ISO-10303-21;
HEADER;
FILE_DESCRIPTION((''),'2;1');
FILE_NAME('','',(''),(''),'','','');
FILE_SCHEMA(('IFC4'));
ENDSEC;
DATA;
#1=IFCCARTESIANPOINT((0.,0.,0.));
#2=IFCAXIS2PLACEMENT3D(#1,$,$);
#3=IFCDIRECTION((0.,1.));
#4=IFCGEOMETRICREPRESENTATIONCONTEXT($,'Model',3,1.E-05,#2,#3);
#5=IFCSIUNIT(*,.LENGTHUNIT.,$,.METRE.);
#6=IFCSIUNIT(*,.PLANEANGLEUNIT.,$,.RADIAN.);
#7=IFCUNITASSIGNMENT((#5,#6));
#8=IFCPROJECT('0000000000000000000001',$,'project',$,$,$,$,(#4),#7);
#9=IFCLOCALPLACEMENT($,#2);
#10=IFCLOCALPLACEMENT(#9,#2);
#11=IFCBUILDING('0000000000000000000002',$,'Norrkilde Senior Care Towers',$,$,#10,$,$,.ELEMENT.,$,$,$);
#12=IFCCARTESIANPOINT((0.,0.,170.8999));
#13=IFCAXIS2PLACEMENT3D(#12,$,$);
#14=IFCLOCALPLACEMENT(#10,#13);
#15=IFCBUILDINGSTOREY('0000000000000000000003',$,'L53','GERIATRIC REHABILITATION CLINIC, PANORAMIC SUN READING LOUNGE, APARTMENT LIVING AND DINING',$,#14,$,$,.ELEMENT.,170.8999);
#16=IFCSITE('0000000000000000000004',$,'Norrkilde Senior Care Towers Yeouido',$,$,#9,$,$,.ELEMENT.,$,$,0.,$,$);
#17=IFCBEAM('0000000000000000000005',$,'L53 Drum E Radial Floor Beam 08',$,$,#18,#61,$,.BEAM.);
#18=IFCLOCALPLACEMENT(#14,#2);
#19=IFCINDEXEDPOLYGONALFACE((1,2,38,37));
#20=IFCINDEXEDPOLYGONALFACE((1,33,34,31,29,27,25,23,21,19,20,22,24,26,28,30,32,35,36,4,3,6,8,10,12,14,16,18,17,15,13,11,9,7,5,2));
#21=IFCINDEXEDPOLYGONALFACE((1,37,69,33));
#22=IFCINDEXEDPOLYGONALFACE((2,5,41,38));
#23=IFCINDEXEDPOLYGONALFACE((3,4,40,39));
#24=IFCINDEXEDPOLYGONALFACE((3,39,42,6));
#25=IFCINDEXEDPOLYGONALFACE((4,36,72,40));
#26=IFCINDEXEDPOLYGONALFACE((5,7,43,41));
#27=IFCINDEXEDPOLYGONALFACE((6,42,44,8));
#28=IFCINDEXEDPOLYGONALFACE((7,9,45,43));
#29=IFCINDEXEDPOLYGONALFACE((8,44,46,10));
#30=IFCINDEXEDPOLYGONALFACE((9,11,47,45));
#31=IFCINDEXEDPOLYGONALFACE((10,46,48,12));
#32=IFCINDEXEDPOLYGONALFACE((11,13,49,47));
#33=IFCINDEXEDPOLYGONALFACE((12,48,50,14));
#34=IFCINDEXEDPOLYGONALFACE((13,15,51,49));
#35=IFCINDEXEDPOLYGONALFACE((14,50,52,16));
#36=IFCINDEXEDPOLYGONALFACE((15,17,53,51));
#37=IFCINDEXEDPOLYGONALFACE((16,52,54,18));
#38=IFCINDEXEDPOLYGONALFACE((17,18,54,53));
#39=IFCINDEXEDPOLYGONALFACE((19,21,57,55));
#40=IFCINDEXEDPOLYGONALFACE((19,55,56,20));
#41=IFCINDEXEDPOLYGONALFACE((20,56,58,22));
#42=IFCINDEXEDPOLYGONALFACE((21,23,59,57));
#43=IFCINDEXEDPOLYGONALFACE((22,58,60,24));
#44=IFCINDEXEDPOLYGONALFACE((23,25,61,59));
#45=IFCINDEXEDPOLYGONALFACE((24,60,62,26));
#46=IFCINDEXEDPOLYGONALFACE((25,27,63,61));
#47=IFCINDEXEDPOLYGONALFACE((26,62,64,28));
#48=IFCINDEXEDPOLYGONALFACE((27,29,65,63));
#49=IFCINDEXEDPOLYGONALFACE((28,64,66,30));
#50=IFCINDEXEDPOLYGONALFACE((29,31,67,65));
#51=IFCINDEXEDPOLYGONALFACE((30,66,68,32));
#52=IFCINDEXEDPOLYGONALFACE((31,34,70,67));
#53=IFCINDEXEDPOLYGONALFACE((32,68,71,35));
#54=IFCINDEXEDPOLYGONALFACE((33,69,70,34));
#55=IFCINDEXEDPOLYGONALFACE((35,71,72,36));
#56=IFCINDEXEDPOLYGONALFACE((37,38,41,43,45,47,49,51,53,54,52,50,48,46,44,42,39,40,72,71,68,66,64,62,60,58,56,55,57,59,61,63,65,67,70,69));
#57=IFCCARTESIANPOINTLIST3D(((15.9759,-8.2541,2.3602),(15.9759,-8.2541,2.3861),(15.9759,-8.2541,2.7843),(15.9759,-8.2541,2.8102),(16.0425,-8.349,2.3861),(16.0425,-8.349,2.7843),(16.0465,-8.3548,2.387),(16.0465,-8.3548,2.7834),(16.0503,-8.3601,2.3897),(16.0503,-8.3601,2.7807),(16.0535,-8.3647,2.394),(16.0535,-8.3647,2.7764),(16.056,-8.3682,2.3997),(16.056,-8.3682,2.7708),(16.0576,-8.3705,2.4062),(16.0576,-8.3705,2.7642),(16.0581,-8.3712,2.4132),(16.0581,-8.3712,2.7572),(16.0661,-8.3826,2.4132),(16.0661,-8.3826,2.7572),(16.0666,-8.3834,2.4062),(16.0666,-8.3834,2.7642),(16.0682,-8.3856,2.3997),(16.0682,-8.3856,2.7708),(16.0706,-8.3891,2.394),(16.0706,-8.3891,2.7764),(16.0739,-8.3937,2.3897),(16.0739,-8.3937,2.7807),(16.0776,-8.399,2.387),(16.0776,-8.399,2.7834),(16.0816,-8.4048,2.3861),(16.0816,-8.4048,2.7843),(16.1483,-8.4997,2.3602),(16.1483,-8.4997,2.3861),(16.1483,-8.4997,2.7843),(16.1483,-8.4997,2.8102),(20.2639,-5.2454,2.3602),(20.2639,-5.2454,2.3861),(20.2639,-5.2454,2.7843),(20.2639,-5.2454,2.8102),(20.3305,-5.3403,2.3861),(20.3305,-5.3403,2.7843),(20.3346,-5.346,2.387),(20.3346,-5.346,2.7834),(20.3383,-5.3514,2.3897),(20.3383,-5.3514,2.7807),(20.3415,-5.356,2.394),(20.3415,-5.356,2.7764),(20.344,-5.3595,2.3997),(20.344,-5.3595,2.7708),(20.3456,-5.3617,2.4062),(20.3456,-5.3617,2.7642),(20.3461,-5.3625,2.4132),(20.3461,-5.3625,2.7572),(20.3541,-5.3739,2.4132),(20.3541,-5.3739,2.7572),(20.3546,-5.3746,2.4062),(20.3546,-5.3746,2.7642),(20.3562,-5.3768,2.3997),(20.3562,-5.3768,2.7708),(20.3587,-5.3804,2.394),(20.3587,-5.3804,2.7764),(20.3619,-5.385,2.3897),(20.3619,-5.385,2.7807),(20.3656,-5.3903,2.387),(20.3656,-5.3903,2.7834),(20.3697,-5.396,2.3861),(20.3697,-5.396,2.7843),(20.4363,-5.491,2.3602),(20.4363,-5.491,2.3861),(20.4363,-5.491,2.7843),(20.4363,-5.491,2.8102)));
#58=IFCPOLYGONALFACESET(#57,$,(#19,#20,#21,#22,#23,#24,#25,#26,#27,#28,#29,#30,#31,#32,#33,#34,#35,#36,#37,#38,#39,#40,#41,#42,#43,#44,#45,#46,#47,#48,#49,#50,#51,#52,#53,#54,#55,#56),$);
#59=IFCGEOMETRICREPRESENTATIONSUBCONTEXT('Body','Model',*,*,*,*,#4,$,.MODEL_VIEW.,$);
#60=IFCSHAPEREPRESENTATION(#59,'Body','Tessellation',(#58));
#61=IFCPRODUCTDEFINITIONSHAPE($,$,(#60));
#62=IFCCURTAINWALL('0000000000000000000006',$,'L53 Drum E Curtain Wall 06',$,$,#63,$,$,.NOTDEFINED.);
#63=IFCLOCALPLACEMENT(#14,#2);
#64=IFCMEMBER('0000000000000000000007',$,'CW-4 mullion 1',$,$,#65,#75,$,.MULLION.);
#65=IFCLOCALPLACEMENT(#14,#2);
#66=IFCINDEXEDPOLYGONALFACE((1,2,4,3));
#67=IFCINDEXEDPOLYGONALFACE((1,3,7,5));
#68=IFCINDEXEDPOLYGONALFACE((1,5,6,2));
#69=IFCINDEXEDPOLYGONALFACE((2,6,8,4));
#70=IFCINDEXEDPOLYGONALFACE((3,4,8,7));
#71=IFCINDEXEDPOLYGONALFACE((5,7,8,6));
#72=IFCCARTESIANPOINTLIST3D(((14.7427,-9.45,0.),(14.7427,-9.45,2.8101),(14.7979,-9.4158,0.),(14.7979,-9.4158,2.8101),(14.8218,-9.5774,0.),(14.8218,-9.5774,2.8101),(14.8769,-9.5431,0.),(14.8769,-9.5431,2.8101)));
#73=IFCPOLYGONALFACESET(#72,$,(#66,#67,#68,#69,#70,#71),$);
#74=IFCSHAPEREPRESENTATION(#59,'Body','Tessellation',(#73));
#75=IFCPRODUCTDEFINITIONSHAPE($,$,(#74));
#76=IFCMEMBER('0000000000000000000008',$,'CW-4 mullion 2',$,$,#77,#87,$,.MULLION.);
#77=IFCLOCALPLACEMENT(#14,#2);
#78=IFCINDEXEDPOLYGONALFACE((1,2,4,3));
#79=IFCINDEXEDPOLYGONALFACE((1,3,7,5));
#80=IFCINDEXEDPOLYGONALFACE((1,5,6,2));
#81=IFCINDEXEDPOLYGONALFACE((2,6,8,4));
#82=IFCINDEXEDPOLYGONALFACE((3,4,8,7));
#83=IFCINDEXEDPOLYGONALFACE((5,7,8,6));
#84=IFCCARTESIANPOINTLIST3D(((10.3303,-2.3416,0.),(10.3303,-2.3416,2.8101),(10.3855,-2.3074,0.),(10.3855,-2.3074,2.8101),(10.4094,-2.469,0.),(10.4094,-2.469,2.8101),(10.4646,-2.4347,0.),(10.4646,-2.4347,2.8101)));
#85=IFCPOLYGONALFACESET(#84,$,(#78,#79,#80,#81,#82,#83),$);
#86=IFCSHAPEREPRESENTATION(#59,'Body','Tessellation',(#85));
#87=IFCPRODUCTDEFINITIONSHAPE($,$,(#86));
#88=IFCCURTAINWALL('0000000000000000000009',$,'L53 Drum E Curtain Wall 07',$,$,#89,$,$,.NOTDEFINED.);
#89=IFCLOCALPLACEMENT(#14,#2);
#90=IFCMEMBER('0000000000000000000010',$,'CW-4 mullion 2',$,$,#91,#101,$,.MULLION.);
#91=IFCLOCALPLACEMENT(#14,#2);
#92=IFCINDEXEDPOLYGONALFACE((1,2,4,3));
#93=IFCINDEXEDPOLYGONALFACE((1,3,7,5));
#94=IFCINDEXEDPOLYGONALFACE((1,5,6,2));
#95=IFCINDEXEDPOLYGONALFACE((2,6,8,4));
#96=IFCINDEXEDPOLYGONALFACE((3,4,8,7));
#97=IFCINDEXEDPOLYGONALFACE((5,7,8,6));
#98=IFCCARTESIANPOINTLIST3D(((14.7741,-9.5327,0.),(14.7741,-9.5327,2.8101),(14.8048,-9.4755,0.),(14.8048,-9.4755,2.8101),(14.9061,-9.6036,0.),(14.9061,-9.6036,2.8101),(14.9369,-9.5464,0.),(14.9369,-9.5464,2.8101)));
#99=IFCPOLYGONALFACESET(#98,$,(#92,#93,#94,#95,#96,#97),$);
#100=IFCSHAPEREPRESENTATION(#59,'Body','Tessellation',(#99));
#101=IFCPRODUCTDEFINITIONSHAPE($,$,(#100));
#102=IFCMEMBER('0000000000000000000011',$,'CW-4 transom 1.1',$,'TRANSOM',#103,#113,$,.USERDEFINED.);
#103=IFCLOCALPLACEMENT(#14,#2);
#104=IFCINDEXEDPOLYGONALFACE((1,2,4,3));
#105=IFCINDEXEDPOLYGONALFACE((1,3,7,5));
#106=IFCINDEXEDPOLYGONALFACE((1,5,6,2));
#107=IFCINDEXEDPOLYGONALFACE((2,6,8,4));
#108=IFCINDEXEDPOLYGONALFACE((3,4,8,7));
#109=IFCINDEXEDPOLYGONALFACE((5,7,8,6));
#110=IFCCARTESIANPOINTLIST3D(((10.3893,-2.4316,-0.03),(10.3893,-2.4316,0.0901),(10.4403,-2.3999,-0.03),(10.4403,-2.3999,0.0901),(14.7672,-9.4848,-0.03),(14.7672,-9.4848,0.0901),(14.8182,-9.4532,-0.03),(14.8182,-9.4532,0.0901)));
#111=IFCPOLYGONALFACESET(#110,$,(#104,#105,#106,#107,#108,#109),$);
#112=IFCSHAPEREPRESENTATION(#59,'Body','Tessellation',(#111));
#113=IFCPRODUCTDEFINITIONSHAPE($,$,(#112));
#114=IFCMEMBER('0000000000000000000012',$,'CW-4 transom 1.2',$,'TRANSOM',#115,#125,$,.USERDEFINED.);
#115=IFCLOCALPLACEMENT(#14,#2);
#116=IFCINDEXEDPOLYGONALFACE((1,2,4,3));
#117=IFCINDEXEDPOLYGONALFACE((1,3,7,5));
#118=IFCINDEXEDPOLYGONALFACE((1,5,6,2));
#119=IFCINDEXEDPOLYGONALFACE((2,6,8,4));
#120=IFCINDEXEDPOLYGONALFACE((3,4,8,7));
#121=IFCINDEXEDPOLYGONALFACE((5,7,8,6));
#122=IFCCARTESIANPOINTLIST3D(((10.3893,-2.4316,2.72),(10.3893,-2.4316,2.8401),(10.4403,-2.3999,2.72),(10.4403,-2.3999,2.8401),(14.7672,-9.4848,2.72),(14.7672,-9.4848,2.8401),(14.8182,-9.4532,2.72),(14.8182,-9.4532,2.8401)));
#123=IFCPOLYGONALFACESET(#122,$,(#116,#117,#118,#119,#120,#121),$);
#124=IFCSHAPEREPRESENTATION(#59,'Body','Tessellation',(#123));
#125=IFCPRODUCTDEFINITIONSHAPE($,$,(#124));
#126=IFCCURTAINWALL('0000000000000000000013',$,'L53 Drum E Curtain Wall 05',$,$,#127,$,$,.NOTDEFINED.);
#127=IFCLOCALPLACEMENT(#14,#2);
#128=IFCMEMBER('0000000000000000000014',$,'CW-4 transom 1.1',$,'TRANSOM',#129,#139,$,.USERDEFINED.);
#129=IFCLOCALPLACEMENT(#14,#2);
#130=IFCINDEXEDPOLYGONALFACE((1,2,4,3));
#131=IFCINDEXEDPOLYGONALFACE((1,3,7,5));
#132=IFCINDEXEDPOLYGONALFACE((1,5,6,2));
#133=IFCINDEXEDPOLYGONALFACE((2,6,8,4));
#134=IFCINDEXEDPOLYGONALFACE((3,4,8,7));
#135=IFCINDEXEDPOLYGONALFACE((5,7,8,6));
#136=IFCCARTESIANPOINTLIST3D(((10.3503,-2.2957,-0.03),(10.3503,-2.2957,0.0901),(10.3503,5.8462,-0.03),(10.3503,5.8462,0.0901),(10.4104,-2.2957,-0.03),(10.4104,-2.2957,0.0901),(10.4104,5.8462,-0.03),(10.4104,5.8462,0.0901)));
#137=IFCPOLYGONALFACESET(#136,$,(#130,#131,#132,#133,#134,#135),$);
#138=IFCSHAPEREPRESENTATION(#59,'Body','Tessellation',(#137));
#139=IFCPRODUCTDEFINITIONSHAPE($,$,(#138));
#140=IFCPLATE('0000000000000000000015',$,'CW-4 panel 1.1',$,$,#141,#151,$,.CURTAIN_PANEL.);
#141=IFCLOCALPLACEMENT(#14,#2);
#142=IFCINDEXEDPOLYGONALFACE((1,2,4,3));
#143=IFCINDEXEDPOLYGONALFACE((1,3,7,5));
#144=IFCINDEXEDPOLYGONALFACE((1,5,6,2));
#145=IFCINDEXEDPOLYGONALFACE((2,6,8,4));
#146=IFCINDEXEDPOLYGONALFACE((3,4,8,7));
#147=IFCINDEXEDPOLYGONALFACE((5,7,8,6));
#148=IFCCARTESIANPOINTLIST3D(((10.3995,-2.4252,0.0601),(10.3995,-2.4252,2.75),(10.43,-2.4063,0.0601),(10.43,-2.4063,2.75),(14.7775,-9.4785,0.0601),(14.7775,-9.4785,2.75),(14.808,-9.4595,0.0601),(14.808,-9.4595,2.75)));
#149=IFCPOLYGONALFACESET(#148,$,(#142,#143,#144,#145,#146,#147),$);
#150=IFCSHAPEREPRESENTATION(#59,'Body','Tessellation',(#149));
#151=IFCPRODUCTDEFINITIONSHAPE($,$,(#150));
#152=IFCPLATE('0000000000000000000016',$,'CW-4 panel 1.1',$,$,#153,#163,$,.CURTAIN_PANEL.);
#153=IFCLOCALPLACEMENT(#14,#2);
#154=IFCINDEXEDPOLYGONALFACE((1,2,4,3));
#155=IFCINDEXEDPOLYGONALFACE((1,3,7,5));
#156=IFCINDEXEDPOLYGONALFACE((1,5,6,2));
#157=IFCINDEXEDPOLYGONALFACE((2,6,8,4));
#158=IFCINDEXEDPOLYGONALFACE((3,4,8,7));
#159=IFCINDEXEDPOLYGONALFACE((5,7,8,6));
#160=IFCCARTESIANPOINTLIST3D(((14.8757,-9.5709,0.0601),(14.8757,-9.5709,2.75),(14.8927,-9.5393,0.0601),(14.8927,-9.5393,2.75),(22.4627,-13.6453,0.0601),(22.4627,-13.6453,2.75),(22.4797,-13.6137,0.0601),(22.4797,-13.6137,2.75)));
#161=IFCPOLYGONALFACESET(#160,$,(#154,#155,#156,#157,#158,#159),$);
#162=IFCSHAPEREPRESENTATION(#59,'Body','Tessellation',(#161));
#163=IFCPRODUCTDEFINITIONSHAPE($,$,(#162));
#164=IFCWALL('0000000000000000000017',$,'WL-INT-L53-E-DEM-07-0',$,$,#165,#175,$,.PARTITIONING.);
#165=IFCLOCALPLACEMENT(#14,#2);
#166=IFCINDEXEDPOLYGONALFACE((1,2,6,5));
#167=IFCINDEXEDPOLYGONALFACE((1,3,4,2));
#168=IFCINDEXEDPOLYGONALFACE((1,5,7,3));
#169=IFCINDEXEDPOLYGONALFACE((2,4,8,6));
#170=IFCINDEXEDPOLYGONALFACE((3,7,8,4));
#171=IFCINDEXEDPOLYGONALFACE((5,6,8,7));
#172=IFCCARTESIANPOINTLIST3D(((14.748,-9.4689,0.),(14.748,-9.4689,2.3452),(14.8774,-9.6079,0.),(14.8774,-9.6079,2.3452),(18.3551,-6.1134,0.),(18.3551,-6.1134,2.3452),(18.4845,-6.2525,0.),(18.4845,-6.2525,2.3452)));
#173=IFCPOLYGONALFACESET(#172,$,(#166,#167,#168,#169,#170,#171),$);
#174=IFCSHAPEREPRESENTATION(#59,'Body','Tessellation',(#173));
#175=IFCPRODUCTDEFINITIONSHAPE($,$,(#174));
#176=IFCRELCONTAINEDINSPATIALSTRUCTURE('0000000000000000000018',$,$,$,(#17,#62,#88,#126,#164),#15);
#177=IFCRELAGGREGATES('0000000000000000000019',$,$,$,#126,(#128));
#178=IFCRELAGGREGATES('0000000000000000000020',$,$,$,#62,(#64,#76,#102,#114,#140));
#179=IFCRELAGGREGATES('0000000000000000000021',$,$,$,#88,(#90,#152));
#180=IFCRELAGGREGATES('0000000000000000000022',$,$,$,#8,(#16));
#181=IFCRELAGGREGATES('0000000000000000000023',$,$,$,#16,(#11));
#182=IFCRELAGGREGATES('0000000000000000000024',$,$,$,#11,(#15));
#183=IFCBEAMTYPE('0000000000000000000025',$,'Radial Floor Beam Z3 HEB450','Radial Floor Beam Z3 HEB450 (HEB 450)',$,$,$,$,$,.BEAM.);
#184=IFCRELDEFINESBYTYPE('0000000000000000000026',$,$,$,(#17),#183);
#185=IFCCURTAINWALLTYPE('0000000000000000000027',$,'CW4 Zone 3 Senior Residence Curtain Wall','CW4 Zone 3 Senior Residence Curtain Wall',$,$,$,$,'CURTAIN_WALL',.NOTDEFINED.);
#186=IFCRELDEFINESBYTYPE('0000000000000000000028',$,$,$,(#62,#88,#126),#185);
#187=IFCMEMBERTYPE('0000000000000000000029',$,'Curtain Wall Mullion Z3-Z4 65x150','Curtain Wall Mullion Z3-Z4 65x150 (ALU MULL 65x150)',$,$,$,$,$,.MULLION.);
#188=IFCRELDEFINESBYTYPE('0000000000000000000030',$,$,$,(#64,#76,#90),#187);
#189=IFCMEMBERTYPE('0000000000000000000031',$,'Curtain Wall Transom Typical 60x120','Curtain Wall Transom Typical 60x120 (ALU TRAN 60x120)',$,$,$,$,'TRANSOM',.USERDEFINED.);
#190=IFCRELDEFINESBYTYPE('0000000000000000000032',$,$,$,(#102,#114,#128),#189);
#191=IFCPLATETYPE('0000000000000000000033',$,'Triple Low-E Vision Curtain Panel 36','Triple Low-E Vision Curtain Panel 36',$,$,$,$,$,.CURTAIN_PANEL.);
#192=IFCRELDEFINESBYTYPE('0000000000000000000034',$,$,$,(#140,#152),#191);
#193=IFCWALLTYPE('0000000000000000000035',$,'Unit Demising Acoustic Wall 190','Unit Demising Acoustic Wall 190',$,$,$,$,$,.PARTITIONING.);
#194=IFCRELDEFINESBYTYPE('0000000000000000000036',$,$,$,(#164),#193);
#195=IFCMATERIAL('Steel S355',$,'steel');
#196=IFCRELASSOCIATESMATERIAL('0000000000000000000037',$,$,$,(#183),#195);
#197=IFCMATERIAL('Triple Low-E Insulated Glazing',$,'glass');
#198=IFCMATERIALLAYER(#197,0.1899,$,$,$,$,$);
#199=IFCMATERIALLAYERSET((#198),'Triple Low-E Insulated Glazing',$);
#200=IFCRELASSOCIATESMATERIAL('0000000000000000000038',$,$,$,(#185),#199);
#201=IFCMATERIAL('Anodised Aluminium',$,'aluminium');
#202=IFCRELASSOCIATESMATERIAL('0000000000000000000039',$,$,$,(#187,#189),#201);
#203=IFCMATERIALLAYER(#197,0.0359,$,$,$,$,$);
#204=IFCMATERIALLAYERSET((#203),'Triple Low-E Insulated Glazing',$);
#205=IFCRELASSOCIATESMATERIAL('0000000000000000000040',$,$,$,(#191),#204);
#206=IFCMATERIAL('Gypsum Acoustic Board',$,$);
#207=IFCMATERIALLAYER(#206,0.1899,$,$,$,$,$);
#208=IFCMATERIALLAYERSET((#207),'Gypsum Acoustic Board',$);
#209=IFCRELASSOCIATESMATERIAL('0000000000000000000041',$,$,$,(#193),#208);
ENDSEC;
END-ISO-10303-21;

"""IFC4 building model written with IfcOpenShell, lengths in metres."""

from ifc_helpers import new_model, si_unit, direction, frame, frame_2d, origin, origin_2d, place, context, subcontext, project, spatial, rectangle, i_section, extrude, source, transform, mapped, material, layer, layer_set, material_profile, profile_set, type_object, type_shapes, element, aggregate, save


model = new_model("IFC4")

# Units and contexts
model_context = context("Model", 3, precision=1e-05, world=origin(), true_north=direction((0.0, 1.0)))
body_context = subcontext(model_context, "Body", "Model", "MODEL_VIEW")
ifc_project = project(units=[si_unit("LENGTHUNIT", "METRE"), si_unit("PLANEANGLEUNIT", "RADIAN")], contexts=[model_context])

# Site, building, storey
site_placement = place(None, origin())
site = spatial("IfcSite", under=ifc_project, at=site_placement, Name="Norrkilde Senior Care Towers Yeouido", CompositionType="ELEMENT", RefElevation=0.0)
building_placement = place(site_placement, origin())
building = spatial("IfcBuilding", under=site, at=building_placement, Name="Norrkilde Senior Care Towers", CompositionType="ELEMENT")
storey_placement = place(building_placement, frame((0.0, 0.0, 170.8999)))
storey = spatial("IfcBuildingStorey", under=building, at=storey_placement, Name="L53", Description="GERIATRIC REHABILITATION CLINIC, PANORAMIC SUN READING LOUNGE, APARTMENT LIVING AND DINING", CompositionType="ELEMENT", Elevation=170.8999)

# Beam
ifc_material_1 = material(Name="Steel S355", Category="steel")
ifc_material_profile_1 = material_profile(ifc_material_1, i_section(OverallWidth=0.3, OverallDepth=0.45, WebThickness=0.0139, FlangeThickness=0.0259, FilletRadius=0.0271, at=origin_2d()), Name="HEB 450")
ifc_profile_set_1 = profile_set([ifc_material_profile_1], Name="Steel S355")
beam_type_1 = type_object("IfcBeamType", Name="Radial Floor Beam Z3 HEB450", Description="Radial Floor Beam Z3 HEB450 (HEB 450)", PredefinedType="BEAM", material=ifc_profile_set_1)
shared_shape_1 = source(origin(), body_context, "Body", "SweptSolid", [
    extrude(i_section(OverallWidth=0.3, OverallDepth=0.45, WebThickness=0.0139, FlangeThickness=0.0259, FilletRadius=0.0271, at=origin_2d()), origin(), (0.0, 0.0, 1.0), 5.2383),
])
type_shapes(beam_type_1, [shared_shape_1])
beam_1_placement = place(storey_placement, frame((20.3501, -5.3682, 2.5852), z_axis=(-0.818592, -0.574375, 0.0), x_axis=(0.574375, -0.818592, 0.0)))
element("IfcBeam", 1, at=beam_1_placement, inside=storey, type_object=beam_type_1, Name="L53 Drum E Radial Floor Beam 08", PredefinedType="BEAM", context=body_context, shape_type="MappedRepresentation", body=[
    mapped(shared_shape_1, transform((0.0, 0.0, 0.0), x_axis=(1.0, 0.0, 0.0), y_axis=(0.0, 1.0, 0.0), z_axis=(0.0, 0.0, 1.0), scale=1.0)),
])

# Curtain wall, members
ifc_material_2 = material(Name="Triple Low-E Insulated Glazing", Category="glass")
ifc_layer_1 = layer(ifc_material_2, 0.1899)
ifc_layer_set_1 = layer_set([ifc_layer_1], Name="Triple Low-E Insulated Glazing")
curtain_wall_type = type_object("IfcCurtainWallType", Name="CW4 Zone 3 Senior Residence Curtain Wall", Description="CW4 Zone 3 Senior Residence Curtain Wall", ElementType="CURTAIN_WALL", PredefinedType="NOTDEFINED", material=ifc_layer_set_1)
curtain_wall_1_placement = place(storey_placement, origin())
curtain_wall_1 = element("IfcCurtainWall", 2, at=curtain_wall_1_placement, inside=storey, type_object=curtain_wall_type, Name="L53 Drum E Curtain Wall 06", PredefinedType="NOTDEFINED")
ifc_material_3 = material(Name="Anodised Aluminium", Category="aluminium")
ifc_material_profile_2 = material_profile(ifc_material_3, rectangle(XDim=0.0649, YDim=0.1499, at=origin_2d()), Name="ALU MULL 65x150")
ifc_profile_set_2 = profile_set([ifc_material_profile_2], Name="Anodised Aluminium")
member_type_1 = type_object("IfcMemberType", Name="Curtain Wall Mullion Z3-Z4 65x150", Description="Curtain Wall Mullion Z3-Z4 65x150 (ALU MULL 65x150)", PredefinedType="MULLION", material=ifc_profile_set_2)
shared_shape_2 = source(origin(), body_context, "Body", "SweptSolid", [
    extrude(rectangle(XDim=0.0649, YDim=0.1499, at=origin_2d()), origin(), (0.0, 0.0, 1.0), 2.8101),
])
type_shapes(member_type_1, [shared_shape_2])
member_1_placement = place(storey_placement, frame((14.8098, -9.4966, 0.0), z_axis=(0.0, 0.0, 1.0), x_axis=(-0.849634, -0.527373, 0.0)))
member_1 = element("IfcMember", 3, at=member_1_placement, type_object=member_type_1, Name="CW-4 mullion 1", PredefinedType="MULLION", context=body_context, shape_type="MappedRepresentation", body=[
    mapped(shared_shape_2, transform((0.0, 0.0, 0.0), x_axis=(1.0, 0.0, 0.0), y_axis=(0.0, 1.0, 0.0), z_axis=(0.0, 0.0, 1.0), scale=1.0)),
])
member_2_placement = place(storey_placement, frame((10.3975, -2.3882, 0.0), z_axis=(0.0, 0.0, 1.0), x_axis=(-0.849634, -0.527373, 0.0)))
member_2 = element("IfcMember", 4, at=member_2_placement, type_object=member_type_1, Name="CW-4 mullion 2", PredefinedType="MULLION", context=body_context, shape_type="MappedRepresentation", body=[
    mapped(shared_shape_2, transform((0.0, 0.0, 0.0), x_axis=(1.0, 0.0, 0.0), y_axis=(0.0, 1.0, 0.0), z_axis=(0.0, 0.0, 1.0), scale=1.0)),
])

# Curtain wall, member
curtain_wall_2_placement = place(storey_placement, origin())
curtain_wall_2 = element("IfcCurtainWall", 5, at=curtain_wall_2_placement, inside=storey, type_object=curtain_wall_type, Name="L53 Drum E Curtain Wall 07", PredefinedType="NOTDEFINED")
member_3_placement = place(storey_placement, frame((14.8555, -9.5396, 0.0), z_axis=(0.0, 0.0, 1.0), x_axis=(-0.473117, -0.881, 0.0)))
member_3 = element("IfcMember", 6, at=member_3_placement, type_object=member_type_1, Name="CW-4 mullion 2", PredefinedType="MULLION", context=body_context, shape_type="MappedRepresentation", body=[
    mapped(shared_shape_2, transform((0.0, 0.0, 0.0), x_axis=(1.0, 0.0, 0.0), y_axis=(0.0, 1.0, 0.0), z_axis=(0.0, 0.0, 1.0), scale=1.0)),
])

# Members
ifc_material_profile_3 = material_profile(ifc_material_3, rectangle(XDim=0.0601, YDim=0.1201, at=origin_2d()), Name="ALU TRAN 60x120")
ifc_profile_set_3 = profile_set([ifc_material_profile_3], Name="Anodised Aluminium")
member_type_2 = type_object("IfcMemberType", Name="Curtain Wall Transom Typical 60x120", Description="Curtain Wall Transom Typical 60x120 (ALU TRAN 60x120)", ElementType="TRANSOM", PredefinedType="USERDEFINED", material=ifc_profile_set_3)
shared_shape_3 = source(origin(), body_context, "Body", "SweptSolid", [
    extrude(rectangle(XDim=0.0601, YDim=0.1201, at=origin_2d()), origin(), (0.0, 0.0, 1.0), 8.3015),
])
member_4_placement = place(storey_placement, frame((14.7927, -9.469, 0.03), z_axis=(-0.527369, 0.849637, 0.0), x_axis=(-0.849637, -0.527369, 0.0)))
member_4 = element("IfcMember", 7, at=member_4_placement, type_object=member_type_2, Name="CW-4 transom 1.1", ObjectType="TRANSOM", PredefinedType="USERDEFINED", context=body_context, shape_type="MappedRepresentation", body=[
    mapped(shared_shape_3, transform((0.0, 0.0, 0.0), x_axis=(1.0, 0.0, 0.0), y_axis=(0.0, 1.0, 0.0), z_axis=(0.0, 0.0, 1.0), scale=1.0)),
])
member_5_placement = place(storey_placement, frame((14.7927, -9.469, 2.78), z_axis=(-0.527369, 0.849637, 0.0), x_axis=(-0.849637, -0.527369, 0.0)))
member_5 = element("IfcMember", 8, at=member_5_placement, type_object=member_type_2, Name="CW-4 transom 1.2", ObjectType="TRANSOM", PredefinedType="USERDEFINED", context=body_context, shape_type="MappedRepresentation", body=[
    mapped(shared_shape_3, transform((0.0, 0.0, 0.0), x_axis=(1.0, 0.0, 0.0), y_axis=(0.0, 1.0, 0.0), z_axis=(0.0, 0.0, 1.0), scale=1.0)),
])

# Curtain wall, member
curtain_wall_3_placement = place(storey_placement, origin())
curtain_wall_3 = element("IfcCurtainWall", 9, at=curtain_wall_3_placement, inside=storey, type_object=curtain_wall_type, Name="L53 Drum E Curtain Wall 05", PredefinedType="NOTDEFINED")
shared_shape_4 = source(origin(), body_context, "Body", "SweptSolid", [
    extrude(rectangle(XDim=0.0601, YDim=0.1201, at=origin_2d()), origin(), (0.0, 0.0, 1.0), 8.1418),
])
type_shapes(member_type_2, [shared_shape_3, shared_shape_4])
member_6_placement = place(storey_placement, frame((10.3804, -2.2957, 0.03), z_axis=(0.0, 1.0, 0.0), x_axis=(-1.0, 0.0, 0.0)))
member_6 = element("IfcMember", 10, at=member_6_placement, type_object=member_type_2, Name="CW-4 transom 1.1", ObjectType="TRANSOM", PredefinedType="USERDEFINED", context=body_context, shape_type="MappedRepresentation", body=[
    mapped(shared_shape_4, transform((0.0, 0.0, 0.0), x_axis=(1.0, 0.0, 0.0), y_axis=(0.0, 1.0, 0.0), z_axis=(0.0, 0.0, 1.0), scale=1.0)),
])
aggregate(curtain_wall_3, [member_6])

# Plates
ifc_layer_2 = layer(ifc_material_2, 0.0359)
ifc_layer_set_2 = layer_set([ifc_layer_2], Name="Triple Low-E Insulated Glazing")
plate_type = type_object("IfcPlateType", Name="Triple Low-E Vision Curtain Panel 36", Description="Triple Low-E Vision Curtain Panel 36", PredefinedType="CURTAIN_PANEL", material=ifc_layer_set_2)
shared_shape_5 = source(origin(), body_context, "Body", "SweptSolid", [
    extrude(rectangle(XDim=8.3015, YDim=0.0359, at=origin_2d()), origin(), (0.0, 0.0, 1.0), 2.6899),
])
plate_1_placement = place(storey_placement, frame((12.6038, -5.9424, 0.0601), z_axis=(0.0, 0.0, 1.0), x_axis=(-0.527373, 0.849634, 0.0)))
plate_1 = element("IfcPlate", 11, at=plate_1_placement, type_object=plate_type, Name="CW-4 panel 1.1", PredefinedType="CURTAIN_PANEL", context=body_context, shape_type="MappedRepresentation", body=[
    mapped(shared_shape_5, transform((0.0, 0.0, 0.0), x_axis=(1.0, 0.0, 0.0), y_axis=(0.0, 1.0, 0.0), z_axis=(0.0, 0.0, 1.0), scale=1.0)),
])
aggregate(curtain_wall_1, [member_1, member_2, member_4, member_5, plate_1])
shared_shape_6 = source(origin(), body_context, "Body", "SweptSolid", [
    extrude(rectangle(XDim=8.6118, YDim=0.0359, at=origin_2d()), origin(), (0.0, 0.0, 1.0), 2.6899),
])
type_shapes(plate_type, [shared_shape_5, shared_shape_6])
plate_2_placement = place(storey_placement, frame((18.6777, -11.5923, 0.0601), z_axis=(0.0, 0.0, 1.0), x_axis=(-0.881, 0.473117, 0.0)))
plate_2 = element("IfcPlate", 12, at=plate_2_placement, type_object=plate_type, Name="CW-4 panel 1.1", PredefinedType="CURTAIN_PANEL", context=body_context, shape_type="MappedRepresentation", body=[
    mapped(shared_shape_6, transform((0.0, 0.0, 0.0), x_axis=(1.0, 0.0, 0.0), y_axis=(0.0, 1.0, 0.0), z_axis=(0.0, 0.0, 1.0), scale=1.0)),
])
aggregate(curtain_wall_2, [member_3, plate_2])

# Wall
ifc_material_4 = material(Name="Gypsum Acoustic Board")
ifc_layer_3 = layer(ifc_material_4, 0.1899)
ifc_layer_set_3 = layer_set([ifc_layer_3], Name="Gypsum Acoustic Board")
wall_type_1 = type_object("IfcWallType", Name="Unit Demising Acoustic Wall 190", Description="Unit Demising Acoustic Wall 190", PredefinedType="PARTITIONING", material=ifc_layer_set_3)
shared_shape_7 = source(origin(), body_context, "Body", "SweptSolid", [
    extrude(rectangle(XDim=4.9265, YDim=0.1899, at=frame_2d((2.4634, 0.0))), origin(), (0.0, 0.0, 1.0), 2.3452),
])
type_shapes(wall_type_1, [shared_shape_7])
wall_1_placement = place(storey_placement, frame((18.4199, -6.1829, 0.0), z_axis=(0.0, 0.0, 1.0), x_axis=(-0.732191, -0.681099, 0.0)))
element("IfcWall", 13, at=wall_1_placement, inside=storey, type_object=wall_type_1, Name="WL-INT-L53-E-DEM-07-0", PredefinedType="PARTITIONING", context=body_context, shape_type="MappedRepresentation", body=[
    mapped(shared_shape_7, transform((0.0, 0.0, 0.0), x_axis=(1.0, 0.0, 0.0), y_axis=(0.0, 1.0, 0.0), z_axis=(0.0, 0.0, 1.0), scale=1.0)),
])

save(model, "model.ifc")
